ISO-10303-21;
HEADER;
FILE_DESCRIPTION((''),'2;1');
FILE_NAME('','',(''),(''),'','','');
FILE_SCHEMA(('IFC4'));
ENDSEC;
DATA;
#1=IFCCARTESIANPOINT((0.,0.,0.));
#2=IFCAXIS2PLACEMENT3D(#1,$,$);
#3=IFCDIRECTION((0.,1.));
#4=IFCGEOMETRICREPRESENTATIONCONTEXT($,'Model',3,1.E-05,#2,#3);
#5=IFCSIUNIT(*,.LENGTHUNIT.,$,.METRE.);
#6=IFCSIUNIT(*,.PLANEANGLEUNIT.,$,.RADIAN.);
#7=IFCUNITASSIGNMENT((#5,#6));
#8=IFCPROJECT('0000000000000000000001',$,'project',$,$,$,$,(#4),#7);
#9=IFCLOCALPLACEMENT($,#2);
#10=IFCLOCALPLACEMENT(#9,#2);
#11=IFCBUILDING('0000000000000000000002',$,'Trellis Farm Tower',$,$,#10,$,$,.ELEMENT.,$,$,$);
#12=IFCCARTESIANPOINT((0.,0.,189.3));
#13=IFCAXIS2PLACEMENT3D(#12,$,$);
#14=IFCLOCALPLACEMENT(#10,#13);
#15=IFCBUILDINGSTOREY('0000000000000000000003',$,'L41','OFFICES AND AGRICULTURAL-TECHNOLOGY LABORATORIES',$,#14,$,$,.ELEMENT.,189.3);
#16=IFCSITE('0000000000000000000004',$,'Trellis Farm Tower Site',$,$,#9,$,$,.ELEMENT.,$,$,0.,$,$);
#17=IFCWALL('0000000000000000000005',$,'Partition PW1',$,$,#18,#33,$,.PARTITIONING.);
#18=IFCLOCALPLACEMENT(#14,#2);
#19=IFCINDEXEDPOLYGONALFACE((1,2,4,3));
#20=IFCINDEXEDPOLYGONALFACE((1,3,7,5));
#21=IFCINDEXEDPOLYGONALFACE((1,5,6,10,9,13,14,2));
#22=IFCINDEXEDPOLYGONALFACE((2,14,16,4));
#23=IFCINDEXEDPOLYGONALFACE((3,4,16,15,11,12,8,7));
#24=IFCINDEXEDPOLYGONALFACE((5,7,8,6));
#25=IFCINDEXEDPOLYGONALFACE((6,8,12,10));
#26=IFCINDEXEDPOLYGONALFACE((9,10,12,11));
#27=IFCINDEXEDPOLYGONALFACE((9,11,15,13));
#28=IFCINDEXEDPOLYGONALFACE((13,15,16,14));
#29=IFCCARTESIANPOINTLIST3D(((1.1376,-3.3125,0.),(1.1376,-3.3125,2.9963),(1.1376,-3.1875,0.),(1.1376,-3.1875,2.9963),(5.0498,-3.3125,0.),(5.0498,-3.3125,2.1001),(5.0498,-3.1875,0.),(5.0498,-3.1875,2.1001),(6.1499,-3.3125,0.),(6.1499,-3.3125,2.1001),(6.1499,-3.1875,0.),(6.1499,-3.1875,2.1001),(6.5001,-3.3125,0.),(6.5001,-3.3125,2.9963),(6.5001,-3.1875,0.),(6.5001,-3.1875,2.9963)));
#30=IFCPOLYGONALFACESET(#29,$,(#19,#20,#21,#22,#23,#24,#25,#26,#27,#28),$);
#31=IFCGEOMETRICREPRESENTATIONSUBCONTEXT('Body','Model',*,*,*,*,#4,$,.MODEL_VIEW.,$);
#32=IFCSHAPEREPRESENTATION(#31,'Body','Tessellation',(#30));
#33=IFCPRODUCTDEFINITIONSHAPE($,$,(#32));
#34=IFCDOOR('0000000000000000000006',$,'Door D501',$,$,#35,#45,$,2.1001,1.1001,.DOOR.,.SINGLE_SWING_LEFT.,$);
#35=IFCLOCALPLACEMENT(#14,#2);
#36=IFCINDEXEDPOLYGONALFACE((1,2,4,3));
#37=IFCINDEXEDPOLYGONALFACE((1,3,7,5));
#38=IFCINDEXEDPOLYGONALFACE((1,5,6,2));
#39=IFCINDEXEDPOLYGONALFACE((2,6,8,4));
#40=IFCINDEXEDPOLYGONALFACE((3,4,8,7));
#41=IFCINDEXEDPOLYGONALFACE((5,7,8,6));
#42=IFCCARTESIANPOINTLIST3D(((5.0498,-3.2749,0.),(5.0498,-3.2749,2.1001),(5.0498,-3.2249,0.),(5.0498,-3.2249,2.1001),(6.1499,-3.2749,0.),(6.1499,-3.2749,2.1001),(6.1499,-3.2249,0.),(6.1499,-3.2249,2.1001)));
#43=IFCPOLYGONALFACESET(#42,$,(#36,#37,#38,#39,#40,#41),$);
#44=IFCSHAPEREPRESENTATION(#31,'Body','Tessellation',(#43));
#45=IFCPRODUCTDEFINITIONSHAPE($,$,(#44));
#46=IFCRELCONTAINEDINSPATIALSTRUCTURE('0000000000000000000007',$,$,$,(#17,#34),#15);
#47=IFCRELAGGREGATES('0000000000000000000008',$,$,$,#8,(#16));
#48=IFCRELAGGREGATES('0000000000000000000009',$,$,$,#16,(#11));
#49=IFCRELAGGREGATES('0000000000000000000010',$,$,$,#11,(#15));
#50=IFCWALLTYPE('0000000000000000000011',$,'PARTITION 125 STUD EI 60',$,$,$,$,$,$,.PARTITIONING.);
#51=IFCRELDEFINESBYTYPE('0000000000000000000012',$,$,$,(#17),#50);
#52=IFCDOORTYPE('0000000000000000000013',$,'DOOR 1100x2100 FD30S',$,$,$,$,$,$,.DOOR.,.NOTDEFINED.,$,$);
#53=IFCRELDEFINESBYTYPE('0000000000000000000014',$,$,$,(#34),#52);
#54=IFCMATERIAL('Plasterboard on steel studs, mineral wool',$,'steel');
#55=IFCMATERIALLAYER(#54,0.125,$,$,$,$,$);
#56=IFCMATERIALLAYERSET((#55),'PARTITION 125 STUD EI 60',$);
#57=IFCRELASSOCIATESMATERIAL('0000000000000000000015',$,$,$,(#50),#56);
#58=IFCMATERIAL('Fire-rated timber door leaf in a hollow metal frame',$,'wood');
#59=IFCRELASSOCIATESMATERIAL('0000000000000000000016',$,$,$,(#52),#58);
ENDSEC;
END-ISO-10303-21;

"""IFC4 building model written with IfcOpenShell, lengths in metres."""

from ifc_helpers import new_model, si_unit, direction, frame, frame_2d, origin, place, context, subcontext, project, spatial, rectangle, extrude, source, transform, mapped, material, layer, layer_set, type_object, element, fill, save


model = new_model("IFC4")

# Units and contexts
model_context = context("Model", 3, precision=1e-05, world=origin(), true_north=direction((0.0, 1.0)))
body_context = subcontext(model_context, "Body", "Model", "MODEL_VIEW")
ifc_project = project(units=[si_unit("LENGTHUNIT", "METRE"), si_unit("PLANEANGLEUNIT", "RADIAN")], contexts=[model_context])

# Site, building, storey
site_placement = place(None, origin())
site = spatial("IfcSite", under=ifc_project, at=site_placement, Name="Trellis Farm Tower Site", CompositionType="ELEMENT", RefElevation=0.0)
building_placement = place(site_placement, origin())
building = spatial("IfcBuilding", under=site, at=building_placement, Name="Trellis Farm Tower", CompositionType="ELEMENT")
storey_placement = place(building_placement, frame((0.0, 0.0, 189.3)))
storey = spatial("IfcBuildingStorey", under=building, at=storey_placement, Name="L41", Description="OFFICES AND AGRICULTURAL-TECHNOLOGY LABORATORIES", CompositionType="ELEMENT", Elevation=189.3)

# Wall, opening, door
ifc_material_1 = material(Name="Plasterboard on steel studs, mineral wool", Category="steel")
ifc_layer_1 = layer(ifc_material_1, 0.125)
ifc_layer_set_1 = layer_set([ifc_layer_1], Name="PARTITION 125 STUD EI 60")
wall_type_1 = type_object("IfcWallType", Name="PARTITION 125 STUD EI 60", PredefinedType="PARTITIONING", material=ifc_layer_set_1)
shared_shape_1 = source(origin(), body_context, "Body", "SweptSolid", [
    extrude(rectangle(XDim=5.3625, YDim=0.125, at=frame_2d((2.6812, 0.0))), origin(), (0.0, 0.0, 1.0), 2.9963),
])
wall_1_placement = place(storey_placement, frame((6.5, -3.25, 0.0), z_axis=(0.0, 0.0, 1.0), x_axis=(-1.0, 0.0, 0.0)))
wall_1 = element("IfcWall", 1, at=wall_1_placement, inside=storey, type_object=wall_type_1, Name="Partition PW1", PredefinedType="PARTITIONING", context=body_context, shape_type="MappedRepresentation", body=[
    mapped(shared_shape_1, transform((0.0, 0.0, 0.0))),
])
shared_shape_2 = source(origin(), body_context, "Body", "SweptSolid", [
    extrude(rectangle(XDim=1.1001, YDim=2.1001, at=frame_2d((0.55, 1.05))), frame((0.0, 0.0725, 0.0), z_axis=(0.0, -1.0, 0.0), x_axis=(1.0, 0.0, 0.0)), (0.0, 0.0, 1.0), 0.145),
])
opening_1_placement = place(wall_1_placement, frame((0.3501, 0.0, 0.0)))
opening_1 = element("IfcOpeningElement", 2, at=opening_1_placement, cuts=wall_1, PredefinedType="OPENING", context=body_context, shape_type="MappedRepresentation", body=[
    mapped(shared_shape_2, transform((0.0, 0.0, 0.0))),
])
ifc_material_2 = material(Name="Fire-rated timber door leaf in a hollow metal frame", Category="wood")
door_type_1 = type_object("IfcDoorType", Name="DOOR 1100x2100 FD30S", OperationType="NOTDEFINED", PredefinedType="DOOR", material=ifc_material_2)
shared_shape_3 = source(origin(), body_context, "Body", "SweptSolid", [
    extrude(rectangle(XDim=1.1001, YDim=2.1001, at=frame_2d((0.55, 1.05))), frame((0.0, 0.0249, 0.0), z_axis=(0.0, -1.0, 0.0), x_axis=(1.0, 0.0, 0.0)), (0.0, 0.0, 1.0), 0.05),
])
door_1_placement = place(opening_1_placement, origin())
door_1 = element("IfcDoor", 3, at=door_1_placement, inside=storey, type_object=door_type_1, Name="Door D501", OperationType="SINGLE_SWING_LEFT", OverallHeight=2.1001, OverallWidth=1.1001, PredefinedType="DOOR", context=body_context, shape_type="MappedRepresentation", body=[
    mapped(shared_shape_3, transform((0.0, 0.0, 0.0))),
])
fill(opening_1, door_1)

save(model, "model.ifc")
